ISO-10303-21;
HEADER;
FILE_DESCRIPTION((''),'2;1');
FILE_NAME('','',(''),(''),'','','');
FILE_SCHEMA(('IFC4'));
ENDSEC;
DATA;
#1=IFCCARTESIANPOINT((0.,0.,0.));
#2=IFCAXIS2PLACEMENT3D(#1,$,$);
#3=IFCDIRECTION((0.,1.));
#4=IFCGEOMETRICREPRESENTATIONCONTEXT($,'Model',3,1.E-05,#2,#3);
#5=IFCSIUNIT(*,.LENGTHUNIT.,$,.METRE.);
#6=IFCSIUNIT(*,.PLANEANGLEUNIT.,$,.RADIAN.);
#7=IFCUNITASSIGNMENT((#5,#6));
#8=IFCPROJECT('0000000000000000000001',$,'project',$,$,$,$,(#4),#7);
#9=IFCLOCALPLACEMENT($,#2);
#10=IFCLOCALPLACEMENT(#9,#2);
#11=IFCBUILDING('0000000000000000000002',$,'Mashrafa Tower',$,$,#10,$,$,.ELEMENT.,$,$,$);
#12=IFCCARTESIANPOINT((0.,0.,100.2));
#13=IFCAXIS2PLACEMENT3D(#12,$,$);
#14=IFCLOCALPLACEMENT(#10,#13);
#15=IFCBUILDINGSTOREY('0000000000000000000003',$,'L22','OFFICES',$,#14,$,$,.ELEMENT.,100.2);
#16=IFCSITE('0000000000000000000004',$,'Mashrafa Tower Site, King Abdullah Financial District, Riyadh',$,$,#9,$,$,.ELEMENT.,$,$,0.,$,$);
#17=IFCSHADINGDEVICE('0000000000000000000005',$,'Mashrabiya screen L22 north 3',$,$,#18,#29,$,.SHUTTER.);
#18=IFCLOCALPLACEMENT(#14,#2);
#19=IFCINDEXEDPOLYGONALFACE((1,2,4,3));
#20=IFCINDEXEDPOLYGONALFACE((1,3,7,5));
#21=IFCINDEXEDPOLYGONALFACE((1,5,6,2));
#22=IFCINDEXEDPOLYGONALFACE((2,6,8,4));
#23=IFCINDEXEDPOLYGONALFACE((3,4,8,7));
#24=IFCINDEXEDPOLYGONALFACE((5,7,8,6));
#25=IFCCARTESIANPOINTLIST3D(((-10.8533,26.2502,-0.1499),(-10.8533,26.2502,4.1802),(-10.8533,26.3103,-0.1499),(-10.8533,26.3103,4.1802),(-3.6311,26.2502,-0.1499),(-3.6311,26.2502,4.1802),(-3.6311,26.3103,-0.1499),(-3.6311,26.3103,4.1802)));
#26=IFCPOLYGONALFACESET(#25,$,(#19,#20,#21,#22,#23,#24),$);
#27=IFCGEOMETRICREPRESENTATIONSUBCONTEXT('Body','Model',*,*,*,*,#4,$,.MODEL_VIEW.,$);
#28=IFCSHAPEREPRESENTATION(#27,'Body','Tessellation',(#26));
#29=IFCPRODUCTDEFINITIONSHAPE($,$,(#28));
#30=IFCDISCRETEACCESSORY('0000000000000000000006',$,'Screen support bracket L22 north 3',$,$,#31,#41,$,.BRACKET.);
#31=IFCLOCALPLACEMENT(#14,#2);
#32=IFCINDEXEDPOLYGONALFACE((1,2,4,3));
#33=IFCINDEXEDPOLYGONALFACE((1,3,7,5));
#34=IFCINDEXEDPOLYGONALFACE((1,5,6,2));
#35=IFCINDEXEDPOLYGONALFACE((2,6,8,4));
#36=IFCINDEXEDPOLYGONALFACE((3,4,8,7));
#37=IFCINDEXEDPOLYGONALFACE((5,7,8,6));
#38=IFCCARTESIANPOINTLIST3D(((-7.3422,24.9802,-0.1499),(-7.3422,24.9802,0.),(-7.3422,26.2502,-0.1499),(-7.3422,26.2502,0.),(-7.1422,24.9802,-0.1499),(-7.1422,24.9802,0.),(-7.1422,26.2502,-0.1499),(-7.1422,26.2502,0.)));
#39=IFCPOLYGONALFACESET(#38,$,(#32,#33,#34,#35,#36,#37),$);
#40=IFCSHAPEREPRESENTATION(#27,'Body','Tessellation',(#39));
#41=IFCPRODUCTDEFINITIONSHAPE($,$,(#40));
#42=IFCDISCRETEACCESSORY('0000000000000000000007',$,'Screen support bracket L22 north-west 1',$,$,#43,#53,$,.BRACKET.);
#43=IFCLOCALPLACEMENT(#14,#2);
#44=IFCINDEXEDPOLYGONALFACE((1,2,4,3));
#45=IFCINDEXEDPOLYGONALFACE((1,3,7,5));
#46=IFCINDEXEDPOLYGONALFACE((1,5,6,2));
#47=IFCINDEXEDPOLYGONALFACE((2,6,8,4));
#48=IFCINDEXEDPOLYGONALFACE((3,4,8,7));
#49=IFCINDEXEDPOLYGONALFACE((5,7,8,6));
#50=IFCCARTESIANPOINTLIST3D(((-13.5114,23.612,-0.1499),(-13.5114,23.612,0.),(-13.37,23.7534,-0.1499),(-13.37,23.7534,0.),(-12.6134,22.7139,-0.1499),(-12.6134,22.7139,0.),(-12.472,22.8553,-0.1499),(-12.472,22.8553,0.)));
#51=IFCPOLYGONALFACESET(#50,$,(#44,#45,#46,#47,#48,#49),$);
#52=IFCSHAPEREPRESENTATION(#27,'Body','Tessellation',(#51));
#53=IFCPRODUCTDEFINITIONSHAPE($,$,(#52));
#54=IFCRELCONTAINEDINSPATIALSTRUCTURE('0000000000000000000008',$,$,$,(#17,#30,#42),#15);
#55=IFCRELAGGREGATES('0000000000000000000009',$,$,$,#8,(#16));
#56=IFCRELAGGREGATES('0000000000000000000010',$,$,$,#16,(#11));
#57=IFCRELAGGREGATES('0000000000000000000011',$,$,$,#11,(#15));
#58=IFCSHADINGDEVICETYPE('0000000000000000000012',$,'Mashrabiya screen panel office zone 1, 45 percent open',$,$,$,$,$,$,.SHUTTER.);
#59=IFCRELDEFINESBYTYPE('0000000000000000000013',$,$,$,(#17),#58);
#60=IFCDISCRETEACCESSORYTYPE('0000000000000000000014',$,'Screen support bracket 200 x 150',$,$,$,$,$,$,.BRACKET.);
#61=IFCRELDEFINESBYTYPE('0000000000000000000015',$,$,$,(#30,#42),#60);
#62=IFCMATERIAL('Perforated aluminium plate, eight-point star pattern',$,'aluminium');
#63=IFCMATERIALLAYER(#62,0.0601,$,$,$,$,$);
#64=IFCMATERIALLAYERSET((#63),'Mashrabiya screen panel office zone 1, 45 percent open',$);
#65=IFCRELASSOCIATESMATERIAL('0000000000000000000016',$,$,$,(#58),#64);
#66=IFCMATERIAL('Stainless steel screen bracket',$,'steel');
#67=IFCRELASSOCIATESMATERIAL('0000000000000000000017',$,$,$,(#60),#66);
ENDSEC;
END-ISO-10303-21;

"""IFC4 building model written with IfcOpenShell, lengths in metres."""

from ifc_helpers import new_model, si_unit, direction, frame, origin, origin_2d, place, context, subcontext, project, spatial, rectangle, extrude, source, transform, mapped, material, layer, layer_set, type_object, type_shapes, element, save


model = new_model("IFC4")

# Units and contexts
model_context = context("Model", 3, precision=1e-05, world=origin(), true_north=direction((0.0, 1.0)))
body_context = subcontext(model_context, "Body", "Model", "MODEL_VIEW")
ifc_project = project(units=[si_unit("LENGTHUNIT", "METRE"), si_unit("PLANEANGLEUNIT", "RADIAN")], contexts=[model_context])

# Site, building, storey
site_placement = place(None, origin())
site = spatial("IfcSite", under=ifc_project, at=site_placement, Name="Mashrafa Tower Site, King Abdullah Financial District, Riyadh", CompositionType="ELEMENT", RefElevation=0.0)
building_placement = place(site_placement, origin())
building = spatial("IfcBuilding", under=site, at=building_placement, Name="Mashrafa Tower", CompositionType="ELEMENT")
storey_placement = place(building_placement, frame((0.0, 0.0, 100.2)))
storey = spatial("IfcBuildingStorey", under=building, at=storey_placement, Name="L22", Description="OFFICES", CompositionType="ELEMENT", Elevation=100.2)

# Shading device
ifc_material_1 = material(Name="Perforated aluminium plate, eight-point star pattern", Category="aluminium")
ifc_layer_1 = layer(ifc_material_1, 0.0601)
ifc_layer_set_1 = layer_set([ifc_layer_1], Name="Mashrabiya screen panel office zone 1, 45 percent open")
shading_device_type = type_object("IfcShadingDeviceType", Name="Mashrabiya screen panel office zone 1, 45 percent open", PredefinedType="SHUTTER", material=ifc_layer_set_1)
shared_shape_1 = source(origin(), body_context, "Body", "SweptSolid", [
    extrude(rectangle(XDim=7.2222, YDim=0.0601, at=origin_2d()), origin(), (0.0, 0.0, 1.0), 4.3301),
])
type_shapes(shading_device_type, [shared_shape_1])
shading_device_placement = place(storey_placement, frame((-7.2422, 26.2803, -0.1499), z_axis=(0.0, 0.0, 1.0), x_axis=(-1.0, 0.0, 0.0)))
element("IfcShadingDevice", 1, at=shading_device_placement, inside=storey, type_object=shading_device_type, Name="Mashrabiya screen L22 north 3", PredefinedType="SHUTTER", context=body_context, shape_type="MappedRepresentation", body=[
    mapped(shared_shape_1, transform((0.0, 0.0, 0.0))),
])

# Discrete accessories
ifc_material_2 = material(Name="Stainless steel screen bracket", Category="steel")
discrete_accessory_type = type_object("IfcDiscreteAccessoryType", Name="Screen support bracket 200 x 150", PredefinedType="BRACKET", material=ifc_material_2)
shared_shape_2 = source(origin(), body_context, "Body", "SweptSolid", [
    extrude(rectangle(XDim=0.2, YDim=1.27, at=origin_2d()), origin(), (0.0, 0.0, 1.0), 0.1499),
])
type_shapes(discrete_accessory_type, [shared_shape_2])
for number, where, z_axis, x_axis, name in (
    (2, (-7.2422, 25.6152, -0.1499), (0.0, 0.0, 1.0), (-1.0, 0.0, 0.0), "Screen support bracket L22 north 3"),
    (3, (-12.9917, 23.2336, -0.1499), (0.0, 0.0, 1.0), (-0.707107, -0.707107, 0.0), "Screen support bracket L22 north-west 1"),
):
    element("IfcDiscreteAccessory", number, at=place(storey_placement, frame(where, z_axis=z_axis, x_axis=x_axis)), inside=storey, type_object=discrete_accessory_type, Name=name, PredefinedType="BRACKET", context=body_context, shape_type="MappedRepresentation", body=[
        mapped(shared_shape_2, transform((0.0, 0.0, 0.0))),
    ])

save(model, "model.ifc")
